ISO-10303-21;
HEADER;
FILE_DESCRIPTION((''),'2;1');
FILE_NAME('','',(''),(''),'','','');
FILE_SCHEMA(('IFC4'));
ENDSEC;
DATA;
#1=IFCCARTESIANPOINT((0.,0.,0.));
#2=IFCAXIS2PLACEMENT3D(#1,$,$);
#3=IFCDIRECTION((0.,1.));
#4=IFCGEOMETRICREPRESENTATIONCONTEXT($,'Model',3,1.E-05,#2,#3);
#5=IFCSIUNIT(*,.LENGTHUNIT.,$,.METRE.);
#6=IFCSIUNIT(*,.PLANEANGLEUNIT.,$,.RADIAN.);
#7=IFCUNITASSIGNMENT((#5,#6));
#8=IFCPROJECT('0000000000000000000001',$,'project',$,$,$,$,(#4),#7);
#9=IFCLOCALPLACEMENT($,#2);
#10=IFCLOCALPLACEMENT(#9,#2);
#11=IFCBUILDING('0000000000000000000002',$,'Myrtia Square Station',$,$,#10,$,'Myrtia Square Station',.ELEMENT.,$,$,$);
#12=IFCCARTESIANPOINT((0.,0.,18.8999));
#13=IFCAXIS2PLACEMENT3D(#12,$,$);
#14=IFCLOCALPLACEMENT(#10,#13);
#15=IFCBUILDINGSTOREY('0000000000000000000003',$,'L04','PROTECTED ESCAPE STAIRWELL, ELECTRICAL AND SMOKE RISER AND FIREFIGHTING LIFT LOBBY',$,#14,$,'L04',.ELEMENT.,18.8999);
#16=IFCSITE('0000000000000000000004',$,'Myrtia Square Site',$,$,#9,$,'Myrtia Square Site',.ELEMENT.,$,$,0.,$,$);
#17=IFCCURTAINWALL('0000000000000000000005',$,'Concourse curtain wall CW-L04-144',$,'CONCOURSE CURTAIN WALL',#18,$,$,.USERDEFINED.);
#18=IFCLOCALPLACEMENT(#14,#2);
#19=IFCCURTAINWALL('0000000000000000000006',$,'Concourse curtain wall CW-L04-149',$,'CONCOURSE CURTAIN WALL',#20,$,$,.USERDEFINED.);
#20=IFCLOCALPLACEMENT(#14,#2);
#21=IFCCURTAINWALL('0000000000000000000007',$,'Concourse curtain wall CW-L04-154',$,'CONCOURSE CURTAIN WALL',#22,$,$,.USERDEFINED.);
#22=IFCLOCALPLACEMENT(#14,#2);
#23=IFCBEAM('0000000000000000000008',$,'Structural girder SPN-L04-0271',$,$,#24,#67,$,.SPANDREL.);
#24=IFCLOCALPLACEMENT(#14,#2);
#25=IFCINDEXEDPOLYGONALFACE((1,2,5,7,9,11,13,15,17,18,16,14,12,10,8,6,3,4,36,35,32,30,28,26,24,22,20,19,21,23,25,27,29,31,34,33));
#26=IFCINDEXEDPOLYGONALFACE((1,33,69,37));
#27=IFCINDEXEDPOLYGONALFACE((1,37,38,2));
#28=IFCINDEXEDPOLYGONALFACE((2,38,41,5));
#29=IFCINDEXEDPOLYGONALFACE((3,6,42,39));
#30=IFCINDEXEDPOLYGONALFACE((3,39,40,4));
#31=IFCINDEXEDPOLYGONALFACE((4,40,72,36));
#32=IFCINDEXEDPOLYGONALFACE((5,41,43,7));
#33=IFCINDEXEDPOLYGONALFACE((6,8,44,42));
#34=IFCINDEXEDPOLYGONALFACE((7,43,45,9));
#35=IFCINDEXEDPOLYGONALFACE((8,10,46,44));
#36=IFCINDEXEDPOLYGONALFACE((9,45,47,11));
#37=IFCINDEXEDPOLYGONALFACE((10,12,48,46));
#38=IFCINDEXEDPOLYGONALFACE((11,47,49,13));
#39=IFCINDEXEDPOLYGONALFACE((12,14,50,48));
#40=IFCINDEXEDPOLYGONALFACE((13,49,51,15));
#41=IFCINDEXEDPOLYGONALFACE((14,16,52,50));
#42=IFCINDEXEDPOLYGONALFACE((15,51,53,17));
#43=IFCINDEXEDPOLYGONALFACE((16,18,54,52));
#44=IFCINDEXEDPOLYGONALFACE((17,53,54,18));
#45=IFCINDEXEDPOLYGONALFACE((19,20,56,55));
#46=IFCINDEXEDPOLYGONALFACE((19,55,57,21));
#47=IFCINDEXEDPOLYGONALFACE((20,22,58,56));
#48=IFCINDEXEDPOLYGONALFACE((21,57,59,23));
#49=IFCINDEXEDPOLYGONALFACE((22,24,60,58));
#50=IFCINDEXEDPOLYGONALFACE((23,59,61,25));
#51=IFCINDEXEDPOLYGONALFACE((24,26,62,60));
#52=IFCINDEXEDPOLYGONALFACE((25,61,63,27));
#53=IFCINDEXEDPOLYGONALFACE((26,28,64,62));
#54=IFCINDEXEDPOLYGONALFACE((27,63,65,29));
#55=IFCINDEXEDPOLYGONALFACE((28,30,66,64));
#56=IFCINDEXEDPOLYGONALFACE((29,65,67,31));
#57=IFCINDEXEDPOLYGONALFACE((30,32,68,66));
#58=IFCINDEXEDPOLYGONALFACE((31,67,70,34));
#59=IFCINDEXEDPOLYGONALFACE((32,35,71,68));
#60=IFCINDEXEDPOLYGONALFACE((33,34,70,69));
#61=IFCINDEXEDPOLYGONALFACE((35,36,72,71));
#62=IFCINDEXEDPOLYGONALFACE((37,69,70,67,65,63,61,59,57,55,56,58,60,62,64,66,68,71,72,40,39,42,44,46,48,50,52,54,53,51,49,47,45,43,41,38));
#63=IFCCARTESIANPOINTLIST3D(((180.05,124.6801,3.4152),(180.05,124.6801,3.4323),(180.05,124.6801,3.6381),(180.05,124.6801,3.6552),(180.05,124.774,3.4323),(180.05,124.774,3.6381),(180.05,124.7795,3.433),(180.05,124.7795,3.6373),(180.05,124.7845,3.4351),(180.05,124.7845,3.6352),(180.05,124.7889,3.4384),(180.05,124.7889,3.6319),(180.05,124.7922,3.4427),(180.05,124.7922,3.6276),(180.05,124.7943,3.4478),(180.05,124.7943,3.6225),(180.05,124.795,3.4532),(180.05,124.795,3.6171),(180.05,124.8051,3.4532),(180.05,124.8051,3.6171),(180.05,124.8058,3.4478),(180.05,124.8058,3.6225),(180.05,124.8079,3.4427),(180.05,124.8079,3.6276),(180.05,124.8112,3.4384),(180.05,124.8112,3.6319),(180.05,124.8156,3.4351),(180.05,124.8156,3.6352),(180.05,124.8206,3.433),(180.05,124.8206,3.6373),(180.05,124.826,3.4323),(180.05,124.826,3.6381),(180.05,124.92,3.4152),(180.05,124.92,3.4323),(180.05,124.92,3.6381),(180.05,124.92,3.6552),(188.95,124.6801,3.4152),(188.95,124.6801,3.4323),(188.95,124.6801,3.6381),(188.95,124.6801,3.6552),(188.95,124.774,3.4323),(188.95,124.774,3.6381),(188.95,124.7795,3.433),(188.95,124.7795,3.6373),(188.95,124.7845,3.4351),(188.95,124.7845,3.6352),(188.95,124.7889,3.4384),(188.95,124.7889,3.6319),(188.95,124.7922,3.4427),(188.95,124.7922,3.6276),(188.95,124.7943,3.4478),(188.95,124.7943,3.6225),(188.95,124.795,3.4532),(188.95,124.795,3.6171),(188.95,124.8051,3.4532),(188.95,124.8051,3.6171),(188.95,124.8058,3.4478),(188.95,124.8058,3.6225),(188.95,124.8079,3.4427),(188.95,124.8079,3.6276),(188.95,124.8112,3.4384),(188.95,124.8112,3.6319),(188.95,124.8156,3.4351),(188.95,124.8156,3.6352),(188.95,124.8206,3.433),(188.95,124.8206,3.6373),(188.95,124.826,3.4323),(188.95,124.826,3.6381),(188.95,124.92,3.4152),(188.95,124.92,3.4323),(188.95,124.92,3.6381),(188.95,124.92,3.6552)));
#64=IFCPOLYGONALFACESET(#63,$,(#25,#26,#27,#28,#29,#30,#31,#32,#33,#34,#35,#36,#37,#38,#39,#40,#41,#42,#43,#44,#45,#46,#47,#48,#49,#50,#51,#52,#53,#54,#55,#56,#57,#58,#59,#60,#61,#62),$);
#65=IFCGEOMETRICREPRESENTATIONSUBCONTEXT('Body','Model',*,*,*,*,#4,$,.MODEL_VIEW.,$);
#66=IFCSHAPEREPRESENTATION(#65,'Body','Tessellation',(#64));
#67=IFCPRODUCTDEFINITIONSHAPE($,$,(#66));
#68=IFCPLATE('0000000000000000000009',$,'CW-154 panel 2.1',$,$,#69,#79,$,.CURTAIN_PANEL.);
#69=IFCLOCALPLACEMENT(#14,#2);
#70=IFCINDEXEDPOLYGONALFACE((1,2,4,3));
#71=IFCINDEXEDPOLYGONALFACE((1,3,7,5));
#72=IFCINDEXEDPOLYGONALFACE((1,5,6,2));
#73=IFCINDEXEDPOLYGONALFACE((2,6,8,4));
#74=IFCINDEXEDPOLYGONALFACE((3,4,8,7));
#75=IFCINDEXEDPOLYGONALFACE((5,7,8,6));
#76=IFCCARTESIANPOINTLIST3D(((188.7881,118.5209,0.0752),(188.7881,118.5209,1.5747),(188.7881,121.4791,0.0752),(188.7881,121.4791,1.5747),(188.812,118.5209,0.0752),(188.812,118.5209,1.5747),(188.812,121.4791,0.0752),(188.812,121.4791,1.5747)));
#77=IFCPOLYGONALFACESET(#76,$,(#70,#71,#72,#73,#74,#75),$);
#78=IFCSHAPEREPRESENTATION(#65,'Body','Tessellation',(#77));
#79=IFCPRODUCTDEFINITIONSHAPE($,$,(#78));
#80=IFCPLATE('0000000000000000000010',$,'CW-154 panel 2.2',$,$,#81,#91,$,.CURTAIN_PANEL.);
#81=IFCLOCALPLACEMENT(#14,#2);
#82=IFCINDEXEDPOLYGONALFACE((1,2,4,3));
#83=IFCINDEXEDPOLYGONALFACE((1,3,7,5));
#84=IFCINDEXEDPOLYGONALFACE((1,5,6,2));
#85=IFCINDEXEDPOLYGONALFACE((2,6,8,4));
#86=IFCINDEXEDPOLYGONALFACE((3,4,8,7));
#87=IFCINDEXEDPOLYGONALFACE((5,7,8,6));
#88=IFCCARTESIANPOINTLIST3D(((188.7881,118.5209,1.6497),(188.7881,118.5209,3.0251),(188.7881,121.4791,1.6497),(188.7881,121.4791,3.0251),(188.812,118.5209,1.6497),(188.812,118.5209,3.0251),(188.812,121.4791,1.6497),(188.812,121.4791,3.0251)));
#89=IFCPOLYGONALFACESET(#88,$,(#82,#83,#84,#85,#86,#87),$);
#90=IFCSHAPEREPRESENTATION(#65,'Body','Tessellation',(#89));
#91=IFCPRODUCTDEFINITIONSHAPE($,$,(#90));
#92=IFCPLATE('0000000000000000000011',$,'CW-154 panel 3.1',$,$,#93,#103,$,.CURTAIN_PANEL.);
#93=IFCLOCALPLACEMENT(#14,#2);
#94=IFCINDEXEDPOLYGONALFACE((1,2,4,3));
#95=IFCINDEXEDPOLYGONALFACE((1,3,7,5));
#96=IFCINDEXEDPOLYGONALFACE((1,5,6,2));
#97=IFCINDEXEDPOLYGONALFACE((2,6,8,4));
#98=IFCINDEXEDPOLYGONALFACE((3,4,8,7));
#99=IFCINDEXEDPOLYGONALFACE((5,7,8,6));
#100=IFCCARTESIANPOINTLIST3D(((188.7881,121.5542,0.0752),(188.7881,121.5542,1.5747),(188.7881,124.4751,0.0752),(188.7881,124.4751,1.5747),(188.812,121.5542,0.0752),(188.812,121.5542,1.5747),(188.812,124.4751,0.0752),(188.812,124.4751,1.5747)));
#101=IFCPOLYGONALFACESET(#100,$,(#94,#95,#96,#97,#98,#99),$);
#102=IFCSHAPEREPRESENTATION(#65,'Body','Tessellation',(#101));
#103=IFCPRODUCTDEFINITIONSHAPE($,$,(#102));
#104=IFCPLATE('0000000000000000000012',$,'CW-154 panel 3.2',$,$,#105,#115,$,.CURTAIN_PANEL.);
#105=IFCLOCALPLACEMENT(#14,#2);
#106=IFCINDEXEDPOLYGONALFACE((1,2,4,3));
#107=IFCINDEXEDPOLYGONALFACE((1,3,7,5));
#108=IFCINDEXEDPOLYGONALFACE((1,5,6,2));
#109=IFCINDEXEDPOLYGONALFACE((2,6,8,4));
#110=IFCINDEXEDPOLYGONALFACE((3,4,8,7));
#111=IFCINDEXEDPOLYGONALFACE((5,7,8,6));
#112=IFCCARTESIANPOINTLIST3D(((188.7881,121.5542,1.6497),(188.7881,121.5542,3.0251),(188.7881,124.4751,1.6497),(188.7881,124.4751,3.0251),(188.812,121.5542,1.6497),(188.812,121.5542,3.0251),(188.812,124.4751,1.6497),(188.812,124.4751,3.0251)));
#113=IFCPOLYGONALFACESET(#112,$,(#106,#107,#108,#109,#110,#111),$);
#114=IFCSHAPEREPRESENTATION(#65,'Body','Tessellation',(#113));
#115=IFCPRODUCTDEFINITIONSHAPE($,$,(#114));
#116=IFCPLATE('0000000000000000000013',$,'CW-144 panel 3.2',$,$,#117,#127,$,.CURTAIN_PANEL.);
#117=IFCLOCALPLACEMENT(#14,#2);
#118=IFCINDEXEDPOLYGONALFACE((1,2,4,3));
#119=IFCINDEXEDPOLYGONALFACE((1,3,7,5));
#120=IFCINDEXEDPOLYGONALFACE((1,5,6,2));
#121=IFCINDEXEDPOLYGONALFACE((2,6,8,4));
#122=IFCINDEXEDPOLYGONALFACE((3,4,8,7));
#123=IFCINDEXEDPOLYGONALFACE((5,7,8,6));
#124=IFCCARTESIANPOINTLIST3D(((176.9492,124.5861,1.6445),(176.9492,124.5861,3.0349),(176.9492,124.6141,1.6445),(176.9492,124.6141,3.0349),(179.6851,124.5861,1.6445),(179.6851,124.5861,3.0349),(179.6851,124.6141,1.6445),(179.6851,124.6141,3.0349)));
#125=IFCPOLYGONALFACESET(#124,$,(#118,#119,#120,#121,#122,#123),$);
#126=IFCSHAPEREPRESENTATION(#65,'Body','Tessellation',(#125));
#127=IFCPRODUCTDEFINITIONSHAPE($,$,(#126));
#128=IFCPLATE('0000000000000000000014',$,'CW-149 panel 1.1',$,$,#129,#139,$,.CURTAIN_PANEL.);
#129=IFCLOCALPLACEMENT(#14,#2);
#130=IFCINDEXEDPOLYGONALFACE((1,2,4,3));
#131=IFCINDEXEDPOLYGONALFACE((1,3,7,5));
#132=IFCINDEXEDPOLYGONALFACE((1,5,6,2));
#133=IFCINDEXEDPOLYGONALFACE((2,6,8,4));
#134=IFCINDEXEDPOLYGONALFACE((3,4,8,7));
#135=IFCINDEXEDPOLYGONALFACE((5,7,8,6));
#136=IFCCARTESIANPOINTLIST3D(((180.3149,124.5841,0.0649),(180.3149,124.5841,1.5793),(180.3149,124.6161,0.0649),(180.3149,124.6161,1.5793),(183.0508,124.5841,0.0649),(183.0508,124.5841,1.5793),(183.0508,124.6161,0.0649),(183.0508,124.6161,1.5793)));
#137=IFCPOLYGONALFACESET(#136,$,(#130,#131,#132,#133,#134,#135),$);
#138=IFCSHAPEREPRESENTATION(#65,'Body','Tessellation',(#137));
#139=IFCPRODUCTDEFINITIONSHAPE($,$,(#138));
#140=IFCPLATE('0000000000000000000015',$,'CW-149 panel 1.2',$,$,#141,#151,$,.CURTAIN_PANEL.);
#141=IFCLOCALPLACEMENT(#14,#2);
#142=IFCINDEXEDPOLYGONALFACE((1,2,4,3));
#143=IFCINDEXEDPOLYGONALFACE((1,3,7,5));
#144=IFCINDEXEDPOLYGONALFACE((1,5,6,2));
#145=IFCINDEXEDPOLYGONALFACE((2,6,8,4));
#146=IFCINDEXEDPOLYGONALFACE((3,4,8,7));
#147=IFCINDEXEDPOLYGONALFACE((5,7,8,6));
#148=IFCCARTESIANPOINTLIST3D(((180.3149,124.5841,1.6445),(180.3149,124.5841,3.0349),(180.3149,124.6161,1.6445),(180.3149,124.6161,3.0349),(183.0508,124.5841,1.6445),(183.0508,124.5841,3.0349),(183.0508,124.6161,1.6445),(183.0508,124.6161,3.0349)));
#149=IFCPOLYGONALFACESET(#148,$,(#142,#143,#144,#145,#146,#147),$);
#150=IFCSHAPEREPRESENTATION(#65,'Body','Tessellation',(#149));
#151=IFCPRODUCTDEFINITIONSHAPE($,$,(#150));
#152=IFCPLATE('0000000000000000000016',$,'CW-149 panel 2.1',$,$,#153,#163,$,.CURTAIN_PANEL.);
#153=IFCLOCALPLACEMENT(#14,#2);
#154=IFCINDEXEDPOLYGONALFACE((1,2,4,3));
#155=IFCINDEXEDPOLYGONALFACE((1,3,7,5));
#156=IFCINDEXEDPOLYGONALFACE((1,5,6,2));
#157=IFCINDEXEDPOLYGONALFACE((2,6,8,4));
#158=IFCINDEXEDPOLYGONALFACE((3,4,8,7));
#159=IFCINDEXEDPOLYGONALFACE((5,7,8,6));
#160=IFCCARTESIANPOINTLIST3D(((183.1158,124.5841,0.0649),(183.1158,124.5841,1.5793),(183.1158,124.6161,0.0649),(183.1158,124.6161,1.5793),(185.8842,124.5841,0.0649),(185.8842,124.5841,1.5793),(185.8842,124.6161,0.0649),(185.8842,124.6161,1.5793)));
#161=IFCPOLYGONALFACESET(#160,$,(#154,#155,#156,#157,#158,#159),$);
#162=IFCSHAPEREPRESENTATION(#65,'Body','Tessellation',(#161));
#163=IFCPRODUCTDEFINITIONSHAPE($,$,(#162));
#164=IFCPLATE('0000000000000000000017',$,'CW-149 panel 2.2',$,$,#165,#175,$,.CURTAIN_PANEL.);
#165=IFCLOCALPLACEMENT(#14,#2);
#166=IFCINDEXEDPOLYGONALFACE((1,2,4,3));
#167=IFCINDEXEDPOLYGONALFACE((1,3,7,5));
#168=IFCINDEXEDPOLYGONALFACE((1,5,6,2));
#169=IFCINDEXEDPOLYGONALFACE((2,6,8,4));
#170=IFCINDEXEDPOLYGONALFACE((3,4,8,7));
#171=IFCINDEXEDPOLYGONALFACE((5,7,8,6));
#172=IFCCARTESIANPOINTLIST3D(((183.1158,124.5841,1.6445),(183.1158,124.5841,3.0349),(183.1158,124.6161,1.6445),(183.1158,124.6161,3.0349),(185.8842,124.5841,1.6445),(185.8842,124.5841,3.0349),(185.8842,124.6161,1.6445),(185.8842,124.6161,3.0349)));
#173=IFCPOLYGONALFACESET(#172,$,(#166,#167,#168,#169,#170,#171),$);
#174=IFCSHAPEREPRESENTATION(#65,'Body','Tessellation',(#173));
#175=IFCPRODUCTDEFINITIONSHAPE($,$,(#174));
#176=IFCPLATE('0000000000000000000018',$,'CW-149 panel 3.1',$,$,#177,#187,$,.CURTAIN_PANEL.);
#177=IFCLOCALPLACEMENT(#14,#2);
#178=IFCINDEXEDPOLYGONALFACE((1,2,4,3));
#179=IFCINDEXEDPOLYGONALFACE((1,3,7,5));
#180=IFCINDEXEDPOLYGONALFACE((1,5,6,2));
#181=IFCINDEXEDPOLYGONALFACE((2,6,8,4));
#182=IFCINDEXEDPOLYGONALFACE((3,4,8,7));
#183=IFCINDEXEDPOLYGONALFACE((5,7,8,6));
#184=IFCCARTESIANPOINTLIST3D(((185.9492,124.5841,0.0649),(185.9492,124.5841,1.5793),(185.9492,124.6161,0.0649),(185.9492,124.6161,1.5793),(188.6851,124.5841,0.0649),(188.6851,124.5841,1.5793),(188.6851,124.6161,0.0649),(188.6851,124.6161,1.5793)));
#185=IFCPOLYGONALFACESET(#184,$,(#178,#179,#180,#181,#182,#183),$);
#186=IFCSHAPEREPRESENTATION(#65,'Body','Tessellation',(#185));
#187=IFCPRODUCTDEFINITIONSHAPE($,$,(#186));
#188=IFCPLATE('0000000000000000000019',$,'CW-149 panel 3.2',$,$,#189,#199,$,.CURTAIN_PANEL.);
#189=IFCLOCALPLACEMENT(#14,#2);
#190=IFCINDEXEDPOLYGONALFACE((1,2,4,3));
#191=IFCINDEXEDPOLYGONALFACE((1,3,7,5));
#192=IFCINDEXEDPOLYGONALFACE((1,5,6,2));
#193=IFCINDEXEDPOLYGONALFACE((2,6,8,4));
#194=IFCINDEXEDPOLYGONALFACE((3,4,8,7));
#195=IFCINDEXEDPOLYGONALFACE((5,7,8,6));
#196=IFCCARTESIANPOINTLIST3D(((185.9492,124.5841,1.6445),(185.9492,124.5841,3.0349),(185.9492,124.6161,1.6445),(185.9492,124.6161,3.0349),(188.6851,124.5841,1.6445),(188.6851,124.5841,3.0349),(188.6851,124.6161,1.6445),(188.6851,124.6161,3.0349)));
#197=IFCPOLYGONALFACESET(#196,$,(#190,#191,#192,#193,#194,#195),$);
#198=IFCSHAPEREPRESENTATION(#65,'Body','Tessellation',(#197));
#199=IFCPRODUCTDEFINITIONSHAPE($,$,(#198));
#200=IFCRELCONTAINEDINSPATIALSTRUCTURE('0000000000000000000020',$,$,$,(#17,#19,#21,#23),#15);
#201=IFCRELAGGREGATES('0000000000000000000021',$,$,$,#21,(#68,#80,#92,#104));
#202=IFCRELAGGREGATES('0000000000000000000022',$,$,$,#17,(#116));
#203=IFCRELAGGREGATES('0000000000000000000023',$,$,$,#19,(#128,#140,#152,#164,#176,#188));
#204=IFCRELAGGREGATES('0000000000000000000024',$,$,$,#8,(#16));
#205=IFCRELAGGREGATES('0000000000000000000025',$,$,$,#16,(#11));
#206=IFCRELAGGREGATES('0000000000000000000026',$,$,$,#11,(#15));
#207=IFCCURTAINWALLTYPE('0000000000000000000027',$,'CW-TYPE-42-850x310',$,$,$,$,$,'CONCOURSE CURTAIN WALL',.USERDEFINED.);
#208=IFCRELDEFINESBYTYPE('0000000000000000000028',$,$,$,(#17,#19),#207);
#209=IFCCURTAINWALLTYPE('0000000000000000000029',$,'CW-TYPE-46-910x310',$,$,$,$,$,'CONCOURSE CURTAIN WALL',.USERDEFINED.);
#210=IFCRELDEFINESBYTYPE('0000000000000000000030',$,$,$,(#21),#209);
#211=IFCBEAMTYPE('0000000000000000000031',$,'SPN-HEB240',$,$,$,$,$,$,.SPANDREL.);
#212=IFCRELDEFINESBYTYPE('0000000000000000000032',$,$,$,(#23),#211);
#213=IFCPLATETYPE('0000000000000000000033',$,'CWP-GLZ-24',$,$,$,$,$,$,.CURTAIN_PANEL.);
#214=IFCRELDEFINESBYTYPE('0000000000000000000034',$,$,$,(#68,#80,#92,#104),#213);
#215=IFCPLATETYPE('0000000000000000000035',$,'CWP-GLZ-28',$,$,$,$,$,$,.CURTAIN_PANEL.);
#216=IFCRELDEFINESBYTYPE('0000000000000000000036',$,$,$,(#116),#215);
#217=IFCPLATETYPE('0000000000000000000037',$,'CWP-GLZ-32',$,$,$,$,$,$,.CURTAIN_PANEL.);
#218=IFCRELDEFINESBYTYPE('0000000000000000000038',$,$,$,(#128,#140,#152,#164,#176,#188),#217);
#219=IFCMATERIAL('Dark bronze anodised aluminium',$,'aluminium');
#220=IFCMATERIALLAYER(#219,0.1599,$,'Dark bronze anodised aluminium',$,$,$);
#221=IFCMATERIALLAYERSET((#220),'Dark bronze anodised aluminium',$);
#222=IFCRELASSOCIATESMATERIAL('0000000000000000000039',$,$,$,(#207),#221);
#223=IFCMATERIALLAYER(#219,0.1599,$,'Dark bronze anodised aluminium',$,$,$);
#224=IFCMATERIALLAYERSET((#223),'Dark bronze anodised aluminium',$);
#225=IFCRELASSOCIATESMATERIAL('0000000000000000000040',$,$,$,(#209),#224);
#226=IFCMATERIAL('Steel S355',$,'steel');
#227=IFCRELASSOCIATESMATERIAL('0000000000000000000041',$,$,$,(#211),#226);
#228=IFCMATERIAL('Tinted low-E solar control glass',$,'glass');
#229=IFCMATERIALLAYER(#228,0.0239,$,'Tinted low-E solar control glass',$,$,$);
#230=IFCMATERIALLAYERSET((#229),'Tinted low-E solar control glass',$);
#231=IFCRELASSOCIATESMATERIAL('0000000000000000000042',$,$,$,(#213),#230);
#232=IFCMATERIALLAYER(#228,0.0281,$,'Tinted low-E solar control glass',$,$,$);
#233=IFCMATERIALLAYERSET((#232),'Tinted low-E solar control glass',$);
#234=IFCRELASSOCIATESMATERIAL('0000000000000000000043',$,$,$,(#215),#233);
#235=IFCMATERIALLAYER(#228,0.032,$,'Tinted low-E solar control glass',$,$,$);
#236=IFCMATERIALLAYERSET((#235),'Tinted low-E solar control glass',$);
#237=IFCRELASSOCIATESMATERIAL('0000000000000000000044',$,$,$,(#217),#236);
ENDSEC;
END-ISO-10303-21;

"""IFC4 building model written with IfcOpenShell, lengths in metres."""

from ifc_helpers import new_model, si_unit, direction, frame, origin, origin_2d, place, context, subcontext, project, spatial, rectangle, i_section, extrude, material, layer, layer_set, material_profile, profile_set, type_object, element, aggregate, save


model = new_model("IFC4")

# Units and contexts
model_context = context("Model", 3, precision=1e-05, world=origin(), true_north=direction((0.0, 1.0)))
body_context = subcontext(model_context, "Body", "Model", "MODEL_VIEW")
ifc_project = project(units=[si_unit("LENGTHUNIT", "METRE"), si_unit("PLANEANGLEUNIT", "RADIAN")], contexts=[model_context])

# Site, building, storey
site_placement = place(None, origin())
site = spatial("IfcSite", under=ifc_project, at=site_placement, Name="Myrtia Square Site", LongName="Myrtia Square Site", CompositionType="ELEMENT", RefElevation=0.0)
building_placement = place(site_placement, origin())
building = spatial("IfcBuilding", under=site, at=building_placement, Name="Myrtia Square Station", LongName="Myrtia Square Station", CompositionType="ELEMENT")
storey_placement = place(building_placement, frame((0.0, 0.0, 18.8999)))
storey = spatial("IfcBuildingStorey", under=building, at=storey_placement, Name="L04", Description="PROTECTED ESCAPE STAIRWELL, ELECTRICAL AND SMOKE RISER AND FIREFIGHTING LIFT LOBBY", LongName="L04", CompositionType="ELEMENT", Elevation=18.8999)

# Shared definitions
ifc_material_1 = material(Name="Steel S355", Category="steel")

# Curtain wall
ifc_material_2 = material(Name="Dark bronze anodised aluminium", Category="aluminium")
ifc_layer_1 = layer(ifc_material_2, 0.1599, Name="Dark bronze anodised aluminium")
ifc_layer_set_1 = layer_set([ifc_layer_1], Name="Dark bronze anodised aluminium")
curtain_wall_type_1 = type_object("IfcCurtainWallType", Name="CW-TYPE-42-850x310", ElementType="CONCOURSE CURTAIN WALL", PredefinedType="USERDEFINED", material=ifc_layer_set_1)
curtain_wall_1_placement = place(storey_placement, origin())
curtain_wall_1 = element("IfcCurtainWall", 1, at=curtain_wall_1_placement, inside=storey, type_object=curtain_wall_type_1, Name="Concourse curtain wall CW-L04-144", ObjectType="CONCOURSE CURTAIN WALL", PredefinedType="USERDEFINED")

# Curtain walls
curtain_wall_2_placement = place(storey_placement, origin())
curtain_wall_2 = element("IfcCurtainWall", 2, at=curtain_wall_2_placement, inside=storey, type_object=curtain_wall_type_1, Name="Concourse curtain wall CW-L04-149", ObjectType="CONCOURSE CURTAIN WALL", PredefinedType="USERDEFINED")
ifc_layer_2 = layer(ifc_material_2, 0.1599, Name="Dark bronze anodised aluminium")
ifc_layer_set_2 = layer_set([ifc_layer_2], Name="Dark bronze anodised aluminium")
curtain_wall_type_2 = type_object("IfcCurtainWallType", Name="CW-TYPE-46-910x310", ElementType="CONCOURSE CURTAIN WALL", PredefinedType="USERDEFINED", material=ifc_layer_set_2)
curtain_wall_3_placement = place(storey_placement, origin())
curtain_wall_3 = element("IfcCurtainWall", 3, at=curtain_wall_3_placement, inside=storey, type_object=curtain_wall_type_2, Name="Concourse curtain wall CW-L04-154", ObjectType="CONCOURSE CURTAIN WALL", PredefinedType="USERDEFINED")

# Beam
ifc_material_profile_1 = material_profile(ifc_material_1, i_section(OverallWidth=0.24, OverallDepth=0.24, WebThickness=0.01, FlangeThickness=0.0171, FilletRadius=0.021, at=origin_2d()), Name="HEB 240")
ifc_profile_set_1 = profile_set([ifc_material_profile_1], Name="Steel S355")
beam_type = type_object("IfcBeamType", Name="SPN-HEB240", PredefinedType="SPANDREL", material=ifc_profile_set_1)
beam_placement = place(storey_placement, frame((180.05, 124.8, 3.5352), z_axis=(1.0, 0.0, 0.0), x_axis=(0.0, 1.0, 0.0)))
element("IfcBeam", 4, at=beam_placement, inside=storey, type_object=beam_type, Name="Structural girder SPN-L04-0271", PredefinedType="SPANDREL", context=body_context, shape_type="SweptSolid", body=[
    extrude(i_section(OverallWidth=0.24, OverallDepth=0.24, WebThickness=0.01, FlangeThickness=0.0171, FilletRadius=0.021, at=origin_2d()), origin(), (0.0, 0.0, 1.0), 8.8999),
])

# Plates
ifc_material_3 = material(Name="Tinted low-E solar control glass", Category="glass")
ifc_layer_3 = layer(ifc_material_3, 0.0239, Name="Tinted low-E solar control glass")
ifc_layer_set_3 = layer_set([ifc_layer_3], Name="Tinted low-E solar control glass")
plate_type_1 = type_object("IfcPlateType", Name="CWP-GLZ-24", PredefinedType="CURTAIN_PANEL", material=ifc_layer_set_3)
plate_1_placement = place(storey_placement, frame((188.8, 120.0, 0.0752), z_axis=(0.0, 0.0, 1.0), x_axis=(0.0, 1.0, 0.0)))
plate_1 = element("IfcPlate", 5, at=plate_1_placement, type_object=plate_type_1, Name="CW-154 panel 2.1", PredefinedType="CURTAIN_PANEL", context=body_context, shape_type="SweptSolid", body=[
    extrude(rectangle(XDim=2.9583, YDim=0.0239, at=origin_2d()), origin(), (0.0, 0.0, 1.0), 1.4995),
])
plate_2_placement = place(storey_placement, frame((188.8, 120.0, 1.6497), z_axis=(0.0, 0.0, 1.0), x_axis=(0.0, 1.0, 0.0)))
plate_2 = element("IfcPlate", 6, at=plate_2_placement, type_object=plate_type_1, Name="CW-154 panel 2.2", PredefinedType="CURTAIN_PANEL", context=body_context, shape_type="SweptSolid", body=[
    extrude(rectangle(XDim=2.9583, YDim=0.0239, at=origin_2d()), origin(), (0.0, 0.0, 1.0), 1.3755),
])
plate_3_placement = place(storey_placement, frame((188.8, 123.0146, 0.0752), z_axis=(0.0, 0.0, 1.0), x_axis=(0.0, 1.0, 0.0)))
plate_3 = element("IfcPlate", 7, at=plate_3_placement, type_object=plate_type_1, Name="CW-154 panel 3.1", PredefinedType="CURTAIN_PANEL", context=body_context, shape_type="SweptSolid", body=[
    extrude(rectangle(XDim=2.9209, YDim=0.0239, at=origin_2d()), origin(), (0.0, 0.0, 1.0), 1.4995),
])
plate_4_placement = place(storey_placement, frame((188.8, 123.0146, 1.6497), z_axis=(0.0, 0.0, 1.0), x_axis=(0.0, 1.0, 0.0)))
plate_4 = element("IfcPlate", 8, at=plate_4_placement, type_object=plate_type_1, Name="CW-154 panel 3.2", PredefinedType="CURTAIN_PANEL", context=body_context, shape_type="SweptSolid", body=[
    extrude(rectangle(XDim=2.9209, YDim=0.0239, at=origin_2d()), origin(), (0.0, 0.0, 1.0), 1.3755),
])
aggregate(curtain_wall_3, [plate_1, plate_2, plate_3, plate_4])
ifc_layer_4 = layer(ifc_material_3, 0.0281, Name="Tinted low-E solar control glass")
ifc_layer_set_4 = layer_set([ifc_layer_4], Name="Tinted low-E solar control glass")
plate_type_2 = type_object("IfcPlateType", Name="CWP-GLZ-28", PredefinedType="CURTAIN_PANEL", material=ifc_layer_set_4)
plate_5_placement = place(storey_placement, frame((178.3171, 124.6001, 1.6445), z_axis=(0.0, 0.0, 1.0), x_axis=(1.0, 0.0, 0.0)))
plate_5 = element("IfcPlate", 9, at=plate_5_placement, type_object=plate_type_2, Name="CW-144 panel 3.2", PredefinedType="CURTAIN_PANEL", context=body_context, shape_type="SweptSolid", body=[
    extrude(rectangle(XDim=2.7358, YDim=0.0281, at=origin_2d()), origin(), (0.0, 0.0, 1.0), 1.3904),
])
aggregate(curtain_wall_1, [plate_5])
ifc_layer_5 = layer(ifc_material_3, 0.032, Name="Tinted low-E solar control glass")
ifc_layer_set_5 = layer_set([ifc_layer_5], Name="Tinted low-E solar control glass")
plate_type_3 = type_object("IfcPlateType", Name="CWP-GLZ-32", PredefinedType="CURTAIN_PANEL", material=ifc_layer_set_5)
plate_6_placement = place(storey_placement, frame((181.6829, 124.6001, 0.0649), z_axis=(0.0, 0.0, 1.0), x_axis=(1.0, 0.0, 0.0)))
plate_6 = element("IfcPlate", 10, at=plate_6_placement, type_object=plate_type_3, Name="CW-149 panel 1.1", PredefinedType="CURTAIN_PANEL", context=body_context, shape_type="SweptSolid", body=[
    extrude(rectangle(XDim=2.7358, YDim=0.032, at=origin_2d()), origin(), (0.0, 0.0, 1.0), 1.5144),
])
plate_7_placement = place(storey_placement, frame((181.6829, 124.6001, 1.6445), z_axis=(0.0, 0.0, 1.0), x_axis=(1.0, 0.0, 0.0)))
plate_7 = element("IfcPlate", 11, at=plate_7_placement, type_object=plate_type_3, Name="CW-149 panel 1.2", PredefinedType="CURTAIN_PANEL", context=body_context, shape_type="SweptSolid", body=[
    extrude(rectangle(XDim=2.7358, YDim=0.032, at=origin_2d()), origin(), (0.0, 0.0, 1.0), 1.3904),
])
plate_8_placement = place(storey_placement, frame((184.5, 124.6001, 0.0649), z_axis=(0.0, 0.0, 1.0), x_axis=(1.0, 0.0, 0.0)))
plate_8 = element("IfcPlate", 12, at=plate_8_placement, type_object=plate_type_3, Name="CW-149 panel 2.1", PredefinedType="CURTAIN_PANEL", context=body_context, shape_type="SweptSolid", body=[
    extrude(rectangle(XDim=2.7683, YDim=0.032, at=origin_2d()), origin(), (0.0, 0.0, 1.0), 1.5144),
])
plate_9_placement = place(storey_placement, frame((184.5, 124.6001, 1.6445), z_axis=(0.0, 0.0, 1.0), x_axis=(1.0, 0.0, 0.0)))
plate_9 = element("IfcPlate", 13, at=plate_9_placement, type_object=plate_type_3, Name="CW-149 panel 2.2", PredefinedType="CURTAIN_PANEL", context=body_context, shape_type="SweptSolid", body=[
    extrude(rectangle(XDim=2.7683, YDim=0.032, at=origin_2d()), origin(), (0.0, 0.0, 1.0), 1.3904),
])
plate_10_placement = place(storey_placement, frame((187.3171, 124.6001, 0.0649), z_axis=(0.0, 0.0, 1.0), x_axis=(1.0, 0.0, 0.0)))
plate_10 = element("IfcPlate", 14, at=plate_10_placement, type_object=plate_type_3, Name="CW-149 panel 3.1", PredefinedType="CURTAIN_PANEL", context=body_context, shape_type="SweptSolid", body=[
    extrude(rectangle(XDim=2.7358, YDim=0.032, at=origin_2d()), origin(), (0.0, 0.0, 1.0), 1.5144),
])
plate_11_placement = place(storey_placement, frame((187.3171, 124.6001, 1.6445), z_axis=(0.0, 0.0, 1.0), x_axis=(1.0, 0.0, 0.0)))
plate_11 = element("IfcPlate", 15, at=plate_11_placement, type_object=plate_type_3, Name="CW-149 panel 3.2", PredefinedType="CURTAIN_PANEL", context=body_context, shape_type="SweptSolid", body=[
    extrude(rectangle(XDim=2.7358, YDim=0.032, at=origin_2d()), origin(), (0.0, 0.0, 1.0), 1.3904),
])
aggregate(curtain_wall_2, [plate_6, plate_7, plate_8, plate_9, plate_10, plate_11])

save(model, "model.ifc")
